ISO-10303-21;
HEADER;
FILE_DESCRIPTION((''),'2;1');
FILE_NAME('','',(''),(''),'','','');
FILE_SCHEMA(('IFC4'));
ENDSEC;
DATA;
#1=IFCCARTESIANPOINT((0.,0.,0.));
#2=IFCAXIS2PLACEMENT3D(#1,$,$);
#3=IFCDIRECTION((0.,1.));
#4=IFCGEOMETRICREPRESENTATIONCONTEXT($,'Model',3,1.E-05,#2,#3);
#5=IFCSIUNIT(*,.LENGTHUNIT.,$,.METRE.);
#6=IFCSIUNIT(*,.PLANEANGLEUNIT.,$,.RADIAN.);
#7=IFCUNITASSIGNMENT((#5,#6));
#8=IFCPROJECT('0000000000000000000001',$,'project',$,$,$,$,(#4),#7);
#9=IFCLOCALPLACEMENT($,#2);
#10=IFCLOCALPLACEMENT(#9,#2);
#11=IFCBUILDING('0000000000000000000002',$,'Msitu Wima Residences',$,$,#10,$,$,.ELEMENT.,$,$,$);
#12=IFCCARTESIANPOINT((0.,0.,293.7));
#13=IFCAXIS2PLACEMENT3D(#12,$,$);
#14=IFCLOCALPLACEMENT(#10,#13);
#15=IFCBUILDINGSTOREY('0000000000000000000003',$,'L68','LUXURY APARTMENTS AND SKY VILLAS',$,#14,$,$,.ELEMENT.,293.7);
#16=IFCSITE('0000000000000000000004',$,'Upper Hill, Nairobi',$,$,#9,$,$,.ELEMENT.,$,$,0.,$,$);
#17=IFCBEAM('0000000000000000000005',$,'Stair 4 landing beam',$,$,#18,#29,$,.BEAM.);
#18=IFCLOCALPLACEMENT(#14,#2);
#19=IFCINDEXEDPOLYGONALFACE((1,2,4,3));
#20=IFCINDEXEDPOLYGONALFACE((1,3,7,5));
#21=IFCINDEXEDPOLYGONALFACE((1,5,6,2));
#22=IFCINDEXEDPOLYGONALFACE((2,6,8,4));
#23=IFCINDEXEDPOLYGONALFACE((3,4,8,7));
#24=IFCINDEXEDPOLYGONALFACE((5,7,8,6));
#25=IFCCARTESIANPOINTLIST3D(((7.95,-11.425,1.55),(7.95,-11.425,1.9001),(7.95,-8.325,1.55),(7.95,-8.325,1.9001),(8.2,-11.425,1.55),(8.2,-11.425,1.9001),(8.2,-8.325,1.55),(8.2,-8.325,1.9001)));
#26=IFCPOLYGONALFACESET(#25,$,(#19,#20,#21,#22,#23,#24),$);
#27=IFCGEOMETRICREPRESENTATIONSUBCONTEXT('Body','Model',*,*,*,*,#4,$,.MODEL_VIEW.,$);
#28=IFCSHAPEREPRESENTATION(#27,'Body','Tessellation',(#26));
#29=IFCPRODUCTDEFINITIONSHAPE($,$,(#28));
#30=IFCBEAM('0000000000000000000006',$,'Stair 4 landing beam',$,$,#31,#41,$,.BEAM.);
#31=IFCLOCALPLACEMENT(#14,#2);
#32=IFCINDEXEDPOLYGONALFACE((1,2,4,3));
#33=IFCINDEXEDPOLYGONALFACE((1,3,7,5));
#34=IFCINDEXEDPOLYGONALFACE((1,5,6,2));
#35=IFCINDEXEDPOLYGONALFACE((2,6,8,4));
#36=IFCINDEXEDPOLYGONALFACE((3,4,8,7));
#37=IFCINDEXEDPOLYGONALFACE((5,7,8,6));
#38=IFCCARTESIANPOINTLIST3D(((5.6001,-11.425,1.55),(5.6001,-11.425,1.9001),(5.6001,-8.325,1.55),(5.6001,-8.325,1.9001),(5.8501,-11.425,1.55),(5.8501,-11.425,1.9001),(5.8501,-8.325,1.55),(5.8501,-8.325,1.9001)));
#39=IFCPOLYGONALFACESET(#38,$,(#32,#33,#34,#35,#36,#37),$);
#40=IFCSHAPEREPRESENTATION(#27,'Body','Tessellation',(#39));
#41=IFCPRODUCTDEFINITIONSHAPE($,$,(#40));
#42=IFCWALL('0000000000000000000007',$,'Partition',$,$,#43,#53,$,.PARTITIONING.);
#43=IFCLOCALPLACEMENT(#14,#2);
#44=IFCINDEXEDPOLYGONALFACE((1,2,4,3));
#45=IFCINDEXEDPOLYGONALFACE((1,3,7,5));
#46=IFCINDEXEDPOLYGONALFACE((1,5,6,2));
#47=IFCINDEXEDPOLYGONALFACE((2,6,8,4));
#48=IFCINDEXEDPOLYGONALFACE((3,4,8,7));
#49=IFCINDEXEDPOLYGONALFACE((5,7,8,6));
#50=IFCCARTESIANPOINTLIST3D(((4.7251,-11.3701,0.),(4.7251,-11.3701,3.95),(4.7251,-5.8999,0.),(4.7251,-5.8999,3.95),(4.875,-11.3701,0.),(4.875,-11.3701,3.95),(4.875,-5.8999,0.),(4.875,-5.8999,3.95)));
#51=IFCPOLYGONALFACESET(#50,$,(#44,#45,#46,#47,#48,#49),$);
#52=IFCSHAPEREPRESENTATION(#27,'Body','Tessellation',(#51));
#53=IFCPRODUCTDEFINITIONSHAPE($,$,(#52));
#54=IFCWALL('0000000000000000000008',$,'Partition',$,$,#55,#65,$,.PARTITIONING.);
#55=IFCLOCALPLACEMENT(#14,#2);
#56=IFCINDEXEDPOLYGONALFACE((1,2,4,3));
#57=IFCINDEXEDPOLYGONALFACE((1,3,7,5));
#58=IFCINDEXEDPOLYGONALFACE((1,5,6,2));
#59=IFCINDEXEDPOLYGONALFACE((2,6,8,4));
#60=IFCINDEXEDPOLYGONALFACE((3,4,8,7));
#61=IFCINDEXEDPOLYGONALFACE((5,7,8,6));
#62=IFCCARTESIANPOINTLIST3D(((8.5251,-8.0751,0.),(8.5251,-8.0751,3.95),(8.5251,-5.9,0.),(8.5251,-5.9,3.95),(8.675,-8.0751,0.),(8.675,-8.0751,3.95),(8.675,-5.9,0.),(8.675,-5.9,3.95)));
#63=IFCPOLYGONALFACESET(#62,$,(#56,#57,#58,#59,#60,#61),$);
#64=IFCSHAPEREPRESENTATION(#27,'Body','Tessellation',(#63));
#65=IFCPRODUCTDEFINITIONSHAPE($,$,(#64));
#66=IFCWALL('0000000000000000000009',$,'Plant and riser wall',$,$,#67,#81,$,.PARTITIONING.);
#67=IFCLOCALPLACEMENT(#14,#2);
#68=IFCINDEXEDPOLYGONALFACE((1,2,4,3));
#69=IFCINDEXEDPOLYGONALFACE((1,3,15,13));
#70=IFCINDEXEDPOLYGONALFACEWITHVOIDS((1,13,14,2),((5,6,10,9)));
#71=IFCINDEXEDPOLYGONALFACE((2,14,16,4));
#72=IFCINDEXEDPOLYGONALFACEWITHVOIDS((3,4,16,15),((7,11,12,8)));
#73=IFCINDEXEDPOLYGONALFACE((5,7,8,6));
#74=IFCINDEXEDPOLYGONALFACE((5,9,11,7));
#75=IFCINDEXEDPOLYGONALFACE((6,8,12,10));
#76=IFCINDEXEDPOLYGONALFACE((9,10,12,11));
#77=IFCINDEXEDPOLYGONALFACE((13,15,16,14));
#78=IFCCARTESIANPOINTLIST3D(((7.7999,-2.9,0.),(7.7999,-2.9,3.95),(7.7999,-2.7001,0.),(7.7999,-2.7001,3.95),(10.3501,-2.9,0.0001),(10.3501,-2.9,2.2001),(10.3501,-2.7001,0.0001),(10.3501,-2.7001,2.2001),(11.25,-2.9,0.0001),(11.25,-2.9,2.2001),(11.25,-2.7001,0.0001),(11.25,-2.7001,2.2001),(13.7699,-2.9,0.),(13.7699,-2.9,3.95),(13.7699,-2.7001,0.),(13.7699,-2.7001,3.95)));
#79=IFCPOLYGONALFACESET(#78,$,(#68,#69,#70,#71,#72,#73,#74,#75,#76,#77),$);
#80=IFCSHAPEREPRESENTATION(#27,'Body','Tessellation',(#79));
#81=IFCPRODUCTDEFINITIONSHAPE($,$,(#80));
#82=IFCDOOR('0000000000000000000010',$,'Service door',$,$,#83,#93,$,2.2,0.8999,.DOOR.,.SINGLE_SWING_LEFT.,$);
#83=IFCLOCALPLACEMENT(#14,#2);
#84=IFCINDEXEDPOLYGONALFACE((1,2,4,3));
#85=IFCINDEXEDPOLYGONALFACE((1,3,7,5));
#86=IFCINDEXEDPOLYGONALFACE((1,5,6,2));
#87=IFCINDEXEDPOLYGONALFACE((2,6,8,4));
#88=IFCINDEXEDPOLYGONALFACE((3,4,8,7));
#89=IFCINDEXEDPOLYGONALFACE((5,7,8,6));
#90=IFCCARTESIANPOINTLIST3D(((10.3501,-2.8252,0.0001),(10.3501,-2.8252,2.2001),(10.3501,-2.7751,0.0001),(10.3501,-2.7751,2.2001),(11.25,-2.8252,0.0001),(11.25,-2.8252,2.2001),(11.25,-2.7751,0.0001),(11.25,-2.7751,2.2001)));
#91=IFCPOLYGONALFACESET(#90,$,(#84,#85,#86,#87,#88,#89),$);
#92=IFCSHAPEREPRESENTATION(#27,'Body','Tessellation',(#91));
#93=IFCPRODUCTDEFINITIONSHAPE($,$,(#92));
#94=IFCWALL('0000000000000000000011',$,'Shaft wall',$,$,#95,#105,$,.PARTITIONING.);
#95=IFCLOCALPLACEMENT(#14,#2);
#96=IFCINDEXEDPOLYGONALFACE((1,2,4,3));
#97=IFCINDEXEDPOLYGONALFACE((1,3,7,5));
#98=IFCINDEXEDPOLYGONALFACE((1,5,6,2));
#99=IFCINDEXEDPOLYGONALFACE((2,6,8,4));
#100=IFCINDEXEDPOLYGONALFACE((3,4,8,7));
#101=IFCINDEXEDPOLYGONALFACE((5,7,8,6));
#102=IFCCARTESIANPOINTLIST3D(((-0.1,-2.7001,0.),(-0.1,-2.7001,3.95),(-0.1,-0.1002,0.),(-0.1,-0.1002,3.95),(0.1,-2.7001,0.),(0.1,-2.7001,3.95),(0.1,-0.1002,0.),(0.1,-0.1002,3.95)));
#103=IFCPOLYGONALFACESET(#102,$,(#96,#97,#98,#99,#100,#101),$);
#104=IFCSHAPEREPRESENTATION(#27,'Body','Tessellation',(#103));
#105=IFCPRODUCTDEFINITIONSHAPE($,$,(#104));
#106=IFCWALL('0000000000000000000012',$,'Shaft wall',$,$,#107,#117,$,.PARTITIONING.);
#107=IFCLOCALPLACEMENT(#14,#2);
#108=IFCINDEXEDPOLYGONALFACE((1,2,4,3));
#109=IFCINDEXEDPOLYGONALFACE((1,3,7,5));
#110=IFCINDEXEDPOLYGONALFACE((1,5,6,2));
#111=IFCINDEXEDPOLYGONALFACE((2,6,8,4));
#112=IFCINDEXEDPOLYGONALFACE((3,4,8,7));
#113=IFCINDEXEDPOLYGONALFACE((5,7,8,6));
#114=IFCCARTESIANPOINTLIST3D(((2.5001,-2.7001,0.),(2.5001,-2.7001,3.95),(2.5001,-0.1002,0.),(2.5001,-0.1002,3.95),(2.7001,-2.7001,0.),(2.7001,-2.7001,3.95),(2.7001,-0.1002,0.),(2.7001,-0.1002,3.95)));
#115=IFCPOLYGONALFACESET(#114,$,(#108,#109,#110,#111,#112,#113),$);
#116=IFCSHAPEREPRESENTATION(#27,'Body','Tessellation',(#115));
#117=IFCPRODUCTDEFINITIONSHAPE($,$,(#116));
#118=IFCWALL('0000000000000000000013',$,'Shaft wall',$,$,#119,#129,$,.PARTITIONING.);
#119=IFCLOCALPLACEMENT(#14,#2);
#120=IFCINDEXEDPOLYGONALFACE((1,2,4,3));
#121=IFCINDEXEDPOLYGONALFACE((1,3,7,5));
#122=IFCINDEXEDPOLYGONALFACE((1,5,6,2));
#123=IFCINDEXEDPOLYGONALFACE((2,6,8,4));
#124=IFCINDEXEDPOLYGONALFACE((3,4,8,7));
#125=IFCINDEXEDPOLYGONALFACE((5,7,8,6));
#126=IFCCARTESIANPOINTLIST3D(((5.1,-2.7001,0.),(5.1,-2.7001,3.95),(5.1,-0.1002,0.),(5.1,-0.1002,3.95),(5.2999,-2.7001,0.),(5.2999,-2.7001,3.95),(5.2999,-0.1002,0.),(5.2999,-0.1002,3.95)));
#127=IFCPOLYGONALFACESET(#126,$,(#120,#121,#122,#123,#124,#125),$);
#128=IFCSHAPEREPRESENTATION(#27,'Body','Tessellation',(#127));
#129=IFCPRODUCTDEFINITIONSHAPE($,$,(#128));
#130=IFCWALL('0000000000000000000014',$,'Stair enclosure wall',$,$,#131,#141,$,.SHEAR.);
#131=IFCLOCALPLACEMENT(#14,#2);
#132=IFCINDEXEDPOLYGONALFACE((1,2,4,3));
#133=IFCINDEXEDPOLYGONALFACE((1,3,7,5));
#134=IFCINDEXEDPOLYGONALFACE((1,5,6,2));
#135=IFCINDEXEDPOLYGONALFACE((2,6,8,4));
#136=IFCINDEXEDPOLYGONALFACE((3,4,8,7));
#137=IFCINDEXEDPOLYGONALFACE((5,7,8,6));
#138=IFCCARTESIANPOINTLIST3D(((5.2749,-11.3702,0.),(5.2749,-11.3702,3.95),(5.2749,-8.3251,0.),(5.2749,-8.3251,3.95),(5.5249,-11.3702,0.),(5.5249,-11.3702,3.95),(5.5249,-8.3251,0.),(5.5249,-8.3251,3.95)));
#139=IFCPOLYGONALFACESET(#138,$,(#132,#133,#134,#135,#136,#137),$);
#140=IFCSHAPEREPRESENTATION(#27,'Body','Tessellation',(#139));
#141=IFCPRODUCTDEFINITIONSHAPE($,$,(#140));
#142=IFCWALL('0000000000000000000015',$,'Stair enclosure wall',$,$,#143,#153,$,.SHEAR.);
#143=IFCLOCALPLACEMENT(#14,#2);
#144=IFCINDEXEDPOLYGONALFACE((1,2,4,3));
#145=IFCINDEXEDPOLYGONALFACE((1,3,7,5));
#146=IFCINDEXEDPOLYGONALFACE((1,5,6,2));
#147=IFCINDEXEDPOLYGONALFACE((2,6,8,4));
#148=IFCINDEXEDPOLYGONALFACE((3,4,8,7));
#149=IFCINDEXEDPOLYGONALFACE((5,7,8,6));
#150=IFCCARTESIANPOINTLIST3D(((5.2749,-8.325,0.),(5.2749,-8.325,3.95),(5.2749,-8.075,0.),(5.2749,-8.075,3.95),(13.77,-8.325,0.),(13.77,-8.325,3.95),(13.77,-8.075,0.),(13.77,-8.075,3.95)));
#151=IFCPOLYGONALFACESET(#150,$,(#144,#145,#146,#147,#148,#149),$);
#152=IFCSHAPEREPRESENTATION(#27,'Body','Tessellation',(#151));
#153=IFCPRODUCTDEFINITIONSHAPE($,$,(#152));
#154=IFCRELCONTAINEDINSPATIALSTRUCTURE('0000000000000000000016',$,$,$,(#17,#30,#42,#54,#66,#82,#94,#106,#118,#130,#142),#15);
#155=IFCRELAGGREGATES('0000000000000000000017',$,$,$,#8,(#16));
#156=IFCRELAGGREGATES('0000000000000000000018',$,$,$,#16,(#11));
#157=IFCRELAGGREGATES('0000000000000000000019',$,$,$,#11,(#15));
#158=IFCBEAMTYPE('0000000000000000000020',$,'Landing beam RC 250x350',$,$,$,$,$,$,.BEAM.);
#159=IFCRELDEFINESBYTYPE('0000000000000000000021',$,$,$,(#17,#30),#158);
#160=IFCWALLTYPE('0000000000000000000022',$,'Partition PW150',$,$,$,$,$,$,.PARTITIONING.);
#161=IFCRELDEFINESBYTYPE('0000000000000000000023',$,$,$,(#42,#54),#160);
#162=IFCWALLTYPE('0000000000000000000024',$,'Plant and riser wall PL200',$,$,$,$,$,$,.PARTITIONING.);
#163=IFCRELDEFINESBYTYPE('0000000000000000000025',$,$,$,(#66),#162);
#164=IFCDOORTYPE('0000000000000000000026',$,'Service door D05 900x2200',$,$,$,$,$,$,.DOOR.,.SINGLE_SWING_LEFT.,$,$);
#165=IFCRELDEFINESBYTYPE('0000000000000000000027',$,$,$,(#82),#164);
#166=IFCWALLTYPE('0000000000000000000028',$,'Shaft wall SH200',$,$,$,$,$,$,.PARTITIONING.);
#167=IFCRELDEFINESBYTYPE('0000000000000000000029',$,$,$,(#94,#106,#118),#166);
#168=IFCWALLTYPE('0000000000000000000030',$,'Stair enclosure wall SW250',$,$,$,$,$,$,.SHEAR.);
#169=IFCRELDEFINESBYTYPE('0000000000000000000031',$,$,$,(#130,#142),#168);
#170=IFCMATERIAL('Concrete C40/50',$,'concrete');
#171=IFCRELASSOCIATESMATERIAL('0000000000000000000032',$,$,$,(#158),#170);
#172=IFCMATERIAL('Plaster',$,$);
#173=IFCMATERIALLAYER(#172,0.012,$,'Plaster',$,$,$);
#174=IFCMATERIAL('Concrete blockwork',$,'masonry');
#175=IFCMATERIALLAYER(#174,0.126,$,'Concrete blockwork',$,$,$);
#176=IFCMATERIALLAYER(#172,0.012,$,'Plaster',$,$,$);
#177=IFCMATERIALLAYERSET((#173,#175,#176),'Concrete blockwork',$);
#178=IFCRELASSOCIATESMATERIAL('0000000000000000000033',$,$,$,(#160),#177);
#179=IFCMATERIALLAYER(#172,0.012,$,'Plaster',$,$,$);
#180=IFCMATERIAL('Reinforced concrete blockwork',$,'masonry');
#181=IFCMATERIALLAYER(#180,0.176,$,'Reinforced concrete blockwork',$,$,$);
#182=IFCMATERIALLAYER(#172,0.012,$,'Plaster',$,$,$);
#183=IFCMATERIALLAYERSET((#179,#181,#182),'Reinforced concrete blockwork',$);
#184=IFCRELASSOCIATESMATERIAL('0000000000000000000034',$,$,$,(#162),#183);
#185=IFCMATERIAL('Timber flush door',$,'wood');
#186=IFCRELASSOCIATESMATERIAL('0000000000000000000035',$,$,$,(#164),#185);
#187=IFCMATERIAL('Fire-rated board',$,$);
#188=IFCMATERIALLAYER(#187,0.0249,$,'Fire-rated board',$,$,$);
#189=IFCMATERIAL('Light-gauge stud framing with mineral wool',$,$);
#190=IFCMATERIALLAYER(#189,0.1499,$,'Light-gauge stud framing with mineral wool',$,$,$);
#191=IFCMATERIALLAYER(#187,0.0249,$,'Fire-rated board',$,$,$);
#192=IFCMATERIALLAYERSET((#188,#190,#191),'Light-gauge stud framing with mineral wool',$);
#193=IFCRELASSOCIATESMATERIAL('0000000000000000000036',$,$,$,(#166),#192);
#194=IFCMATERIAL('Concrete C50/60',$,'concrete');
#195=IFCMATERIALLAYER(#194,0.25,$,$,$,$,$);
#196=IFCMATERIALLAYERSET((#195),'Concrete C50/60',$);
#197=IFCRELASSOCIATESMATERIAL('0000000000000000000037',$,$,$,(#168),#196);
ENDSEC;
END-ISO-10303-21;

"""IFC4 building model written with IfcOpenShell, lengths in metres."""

from ifc_helpers import new_model, si_unit, direction, frame, frame_2d, origin, origin_2d, place, context, subcontext, project, spatial, rectangle, extrude, material, layer, layer_set, material_profile, profile_set, type_object, element, fill, save


model = new_model("IFC4")

# Units and contexts
model_context = context("Model", 3, precision=1e-05, world=origin(), true_north=direction((0.0, 1.0)))
body_context = subcontext(model_context, "Body", "Model", "MODEL_VIEW")
ifc_project = project(units=[si_unit("LENGTHUNIT", "METRE"), si_unit("PLANEANGLEUNIT", "RADIAN")], contexts=[model_context])

# Site, building, storey
site_placement = place(None, origin())
site = spatial("IfcSite", under=ifc_project, at=site_placement, Name="Upper Hill, Nairobi", CompositionType="ELEMENT", RefElevation=0.0)
building_placement = place(site_placement, origin())
building = spatial("IfcBuilding", under=site, at=building_placement, Name="Msitu Wima Residences", CompositionType="ELEMENT")
storey_placement = place(building_placement, frame((0.0, 0.0, 293.7)))
storey = spatial("IfcBuildingStorey", under=building, at=storey_placement, Name="L68", Description="LUXURY APARTMENTS AND SKY VILLAS", CompositionType="ELEMENT", Elevation=293.7)

# Beams
ifc_material_1 = material(Name="Concrete C40/50", Category="concrete")
ifc_material_profile = material_profile(ifc_material_1, rectangle(XDim=0.25, YDim=0.3501, at=origin_2d()), Name="RC 250x350")
ifc_profile_set = profile_set([ifc_material_profile], Name="Concrete C40/50")
beam_type = type_object("IfcBeamType", Name="Landing beam RC 250x350", PredefinedType="BEAM", material=ifc_profile_set)
for number, where, z_axis, x_axis, name in (
    (1, (8.075, -11.425, 1.7251), (0.0, 1.0, 0.0), (-1.0, 0.0, 0.0), "Stair 4 landing beam"),
    (2, (5.7251, -11.425, 1.7251), (0.0, 1.0, 0.0), (-1.0, 0.0, 0.0), "Stair 4 landing beam"),
):
    element("IfcBeam", number, at=place(storey_placement, frame(where, z_axis=z_axis, x_axis=x_axis)), inside=storey, type_object=beam_type, Name=name, PredefinedType="BEAM", context=body_context, shape_type="SweptSolid", body=[
        extrude(rectangle(XDim=0.25, YDim=0.3501, at=origin_2d()), origin(), (0.0, 0.0, 1.0), 3.1001),
    ])

# Shared definitions
ifc_material_2 = material(Name="Concrete C50/60", Category="concrete")

# Shared definitions
ifc_material_3 = material(Name="Plaster")
ifc_material_4 = material(Name="Concrete blockwork", Category="masonry")

# Walls
ifc_layer_1 = layer(ifc_material_3, 0.012, Name="Plaster")
ifc_layer_2 = layer(ifc_material_4, 0.126, Name="Concrete blockwork")
ifc_layer_3 = layer(ifc_material_3, 0.012, Name="Plaster")
ifc_layer_set_1 = layer_set([ifc_layer_1, ifc_layer_2, ifc_layer_3], Name="Concrete blockwork")
wall_type_1 = type_object("IfcWallType", Name="Partition PW150", PredefinedType="PARTITIONING", material=ifc_layer_set_1)
wall_1_placement = place(storey_placement, frame((4.8, -11.3701, 0.0), z_axis=(0.0, 0.0, 1.0), x_axis=(0.0, 1.0, 0.0)))
element("IfcWall", 3, at=wall_1_placement, inside=storey, type_object=wall_type_1, Name="Partition", PredefinedType="PARTITIONING", context=body_context, shape_type="SweptSolid", body=[
    extrude(rectangle(XDim=5.4702, YDim=0.1499, at=frame_2d((2.7351, 0.0))), origin(), (0.0, 0.0, 1.0), 3.95),
])
wall_2_placement = place(storey_placement, frame((8.6001, -8.075, 0.0), z_axis=(0.0, 0.0, 1.0), x_axis=(0.0, 1.0, 0.0)))
element("IfcWall", 4, at=wall_2_placement, inside=storey, type_object=wall_type_1, Name="Partition", PredefinedType="PARTITIONING", context=body_context, shape_type="SweptSolid", body=[
    extrude(rectangle(XDim=2.175, YDim=0.1499, at=frame_2d((1.0874, 0.0))), origin(), (0.0, 0.0, 1.0), 3.95),
])

# Wall, opening, door
ifc_layer_4 = layer(ifc_material_3, 0.012, Name="Plaster")
ifc_material_5 = material(Name="Reinforced concrete blockwork", Category="masonry")
ifc_layer_5 = layer(ifc_material_5, 0.176, Name="Reinforced concrete blockwork")
ifc_layer_6 = layer(ifc_material_3, 0.012, Name="Plaster")
ifc_layer_set_2 = layer_set([ifc_layer_4, ifc_layer_5, ifc_layer_6], Name="Reinforced concrete blockwork")
wall_type_2 = type_object("IfcWallType", Name="Plant and riser wall PL200", PredefinedType="PARTITIONING", material=ifc_layer_set_2)
wall_3_placement = place(storey_placement, frame((7.8, -2.8, 0.0), z_axis=(0.0, 0.0, 1.0), x_axis=(1.0, 0.0, 0.0)))
wall_3 = element("IfcWall", 5, at=wall_3_placement, inside=storey, type_object=wall_type_2, Name="Plant and riser wall", PredefinedType="PARTITIONING", context=body_context, shape_type="SweptSolid", body=[
    extrude(rectangle(XDim=5.97, YDim=0.2, at=frame_2d((2.9849, 0.0))), origin(), (0.0, 0.0, 1.0), 3.95),
])
opening_1_placement = place(wall_3_placement, frame((2.55, 0.0, 0.0)))
opening_1 = element("IfcOpeningElement", 6, at=opening_1_placement, cuts=wall_3, PredefinedType="OPENING", context=body_context, shape_type="SweptSolid", body=[
    extrude(rectangle(XDim=0.8999, YDim=2.2, at=frame_2d((0.45, 1.1001))), frame((0.0, 0.1099, 0.0), z_axis=(0.0, -1.0, 0.0), x_axis=(1.0, 0.0, 0.0)), (0.0, 0.0, 1.0), 0.22),
])
ifc_material_6 = material(Name="Timber flush door", Category="wood")
door_type_1 = type_object("IfcDoorType", Name="Service door D05 900x2200", OperationType="SINGLE_SWING_LEFT", PredefinedType="DOOR", material=ifc_material_6)
door_1_placement = place(opening_1_placement, origin())
door_1 = element("IfcDoor", 7, at=door_1_placement, inside=storey, type_object=door_type_1, Name="Service door", OperationType="SINGLE_SWING_LEFT", OverallHeight=2.2, OverallWidth=0.8999, PredefinedType="DOOR", context=body_context, shape_type="SweptSolid", body=[
    extrude(rectangle(XDim=0.8999, YDim=2.2, at=frame_2d((0.45, 1.1001))), frame((0.0, 0.0249, 0.0), z_axis=(0.0, -1.0, 0.0), x_axis=(1.0, 0.0, 0.0)), (0.0, 0.0, 1.0), 0.05),
])
fill(opening_1, door_1)

# Walls
ifc_material_7 = material(Name="Fire-rated board")
ifc_layer_7 = layer(ifc_material_7, 0.0249, Name="Fire-rated board")
ifc_material_8 = material(Name="Light-gauge stud framing with mineral wool")
ifc_layer_8 = layer(ifc_material_8, 0.1499, Name="Light-gauge stud framing with mineral wool")
ifc_layer_9 = layer(ifc_material_7, 0.0249, Name="Fire-rated board")
ifc_layer_set_3 = layer_set([ifc_layer_7, ifc_layer_8, ifc_layer_9], Name="Light-gauge stud framing with mineral wool")
wall_type_3 = type_object("IfcWallType", Name="Shaft wall SH200", PredefinedType="PARTITIONING", material=ifc_layer_set_3)
for number, where, z_axis, x_axis, name in (
    (8, (0.0, -2.7, 0.0), (0.0, 0.0, 1.0), (0.0, 1.0, 0.0), "Shaft wall"),
    (9, (2.6001, -2.7, 0.0), (0.0, 0.0, 1.0), (0.0, 1.0, 0.0), "Shaft wall"),
    (10, (5.2, -2.7, 0.0), (0.0, 0.0, 1.0), (0.0, 1.0, 0.0), "Shaft wall"),
):
    element("IfcWall", number, at=place(storey_placement, frame(where, z_axis=z_axis, x_axis=x_axis)), inside=storey, type_object=wall_type_3, Name=name, PredefinedType="PARTITIONING", context=body_context, shape_type="SweptSolid", body=[
        extrude(rectangle(XDim=2.5999, YDim=0.2, at=frame_2d((1.2998, 0.0))), origin(), (0.0, 0.0, 1.0), 3.95),
    ])
ifc_layer_10 = layer(ifc_material_2, 0.25)
ifc_layer_set_4 = layer_set([ifc_layer_10], Name="Concrete C50/60")
wall_type_4 = type_object("IfcWallType", Name="Stair enclosure wall SW250", PredefinedType="SHEAR", material=ifc_layer_set_4)
wall_4_placement = place(storey_placement, frame((5.3999, -11.3701, 0.0), z_axis=(0.0, 0.0, 1.0), x_axis=(0.0, 1.0, 0.0)))
element("IfcWall", 11, at=wall_4_placement, inside=storey, type_object=wall_type_4, Name="Stair enclosure wall", PredefinedType="SHEAR", context=body_context, shape_type="SweptSolid", body=[
    extrude(rectangle(XDim=3.0452, YDim=0.25, at=frame_2d((1.5225, 0.0))), origin(), (0.0, 0.0, 1.0), 3.95),
])
wall_5_placement = place(storey_placement, frame((5.2749, -8.2, 0.0), z_axis=(0.0, 0.0, 1.0), x_axis=(1.0, 0.0, 0.0)))
element("IfcWall", 12, at=wall_5_placement, inside=storey, type_object=wall_type_4, Name="Stair enclosure wall", PredefinedType="SHEAR", context=body_context, shape_type="SweptSolid", body=[
    extrude(rectangle(XDim=8.4951, YDim=0.25, at=frame_2d((4.2476, 0.0))), origin(), (0.0, 0.0, 1.0), 3.95),
])

save(model, "model.ifc")
